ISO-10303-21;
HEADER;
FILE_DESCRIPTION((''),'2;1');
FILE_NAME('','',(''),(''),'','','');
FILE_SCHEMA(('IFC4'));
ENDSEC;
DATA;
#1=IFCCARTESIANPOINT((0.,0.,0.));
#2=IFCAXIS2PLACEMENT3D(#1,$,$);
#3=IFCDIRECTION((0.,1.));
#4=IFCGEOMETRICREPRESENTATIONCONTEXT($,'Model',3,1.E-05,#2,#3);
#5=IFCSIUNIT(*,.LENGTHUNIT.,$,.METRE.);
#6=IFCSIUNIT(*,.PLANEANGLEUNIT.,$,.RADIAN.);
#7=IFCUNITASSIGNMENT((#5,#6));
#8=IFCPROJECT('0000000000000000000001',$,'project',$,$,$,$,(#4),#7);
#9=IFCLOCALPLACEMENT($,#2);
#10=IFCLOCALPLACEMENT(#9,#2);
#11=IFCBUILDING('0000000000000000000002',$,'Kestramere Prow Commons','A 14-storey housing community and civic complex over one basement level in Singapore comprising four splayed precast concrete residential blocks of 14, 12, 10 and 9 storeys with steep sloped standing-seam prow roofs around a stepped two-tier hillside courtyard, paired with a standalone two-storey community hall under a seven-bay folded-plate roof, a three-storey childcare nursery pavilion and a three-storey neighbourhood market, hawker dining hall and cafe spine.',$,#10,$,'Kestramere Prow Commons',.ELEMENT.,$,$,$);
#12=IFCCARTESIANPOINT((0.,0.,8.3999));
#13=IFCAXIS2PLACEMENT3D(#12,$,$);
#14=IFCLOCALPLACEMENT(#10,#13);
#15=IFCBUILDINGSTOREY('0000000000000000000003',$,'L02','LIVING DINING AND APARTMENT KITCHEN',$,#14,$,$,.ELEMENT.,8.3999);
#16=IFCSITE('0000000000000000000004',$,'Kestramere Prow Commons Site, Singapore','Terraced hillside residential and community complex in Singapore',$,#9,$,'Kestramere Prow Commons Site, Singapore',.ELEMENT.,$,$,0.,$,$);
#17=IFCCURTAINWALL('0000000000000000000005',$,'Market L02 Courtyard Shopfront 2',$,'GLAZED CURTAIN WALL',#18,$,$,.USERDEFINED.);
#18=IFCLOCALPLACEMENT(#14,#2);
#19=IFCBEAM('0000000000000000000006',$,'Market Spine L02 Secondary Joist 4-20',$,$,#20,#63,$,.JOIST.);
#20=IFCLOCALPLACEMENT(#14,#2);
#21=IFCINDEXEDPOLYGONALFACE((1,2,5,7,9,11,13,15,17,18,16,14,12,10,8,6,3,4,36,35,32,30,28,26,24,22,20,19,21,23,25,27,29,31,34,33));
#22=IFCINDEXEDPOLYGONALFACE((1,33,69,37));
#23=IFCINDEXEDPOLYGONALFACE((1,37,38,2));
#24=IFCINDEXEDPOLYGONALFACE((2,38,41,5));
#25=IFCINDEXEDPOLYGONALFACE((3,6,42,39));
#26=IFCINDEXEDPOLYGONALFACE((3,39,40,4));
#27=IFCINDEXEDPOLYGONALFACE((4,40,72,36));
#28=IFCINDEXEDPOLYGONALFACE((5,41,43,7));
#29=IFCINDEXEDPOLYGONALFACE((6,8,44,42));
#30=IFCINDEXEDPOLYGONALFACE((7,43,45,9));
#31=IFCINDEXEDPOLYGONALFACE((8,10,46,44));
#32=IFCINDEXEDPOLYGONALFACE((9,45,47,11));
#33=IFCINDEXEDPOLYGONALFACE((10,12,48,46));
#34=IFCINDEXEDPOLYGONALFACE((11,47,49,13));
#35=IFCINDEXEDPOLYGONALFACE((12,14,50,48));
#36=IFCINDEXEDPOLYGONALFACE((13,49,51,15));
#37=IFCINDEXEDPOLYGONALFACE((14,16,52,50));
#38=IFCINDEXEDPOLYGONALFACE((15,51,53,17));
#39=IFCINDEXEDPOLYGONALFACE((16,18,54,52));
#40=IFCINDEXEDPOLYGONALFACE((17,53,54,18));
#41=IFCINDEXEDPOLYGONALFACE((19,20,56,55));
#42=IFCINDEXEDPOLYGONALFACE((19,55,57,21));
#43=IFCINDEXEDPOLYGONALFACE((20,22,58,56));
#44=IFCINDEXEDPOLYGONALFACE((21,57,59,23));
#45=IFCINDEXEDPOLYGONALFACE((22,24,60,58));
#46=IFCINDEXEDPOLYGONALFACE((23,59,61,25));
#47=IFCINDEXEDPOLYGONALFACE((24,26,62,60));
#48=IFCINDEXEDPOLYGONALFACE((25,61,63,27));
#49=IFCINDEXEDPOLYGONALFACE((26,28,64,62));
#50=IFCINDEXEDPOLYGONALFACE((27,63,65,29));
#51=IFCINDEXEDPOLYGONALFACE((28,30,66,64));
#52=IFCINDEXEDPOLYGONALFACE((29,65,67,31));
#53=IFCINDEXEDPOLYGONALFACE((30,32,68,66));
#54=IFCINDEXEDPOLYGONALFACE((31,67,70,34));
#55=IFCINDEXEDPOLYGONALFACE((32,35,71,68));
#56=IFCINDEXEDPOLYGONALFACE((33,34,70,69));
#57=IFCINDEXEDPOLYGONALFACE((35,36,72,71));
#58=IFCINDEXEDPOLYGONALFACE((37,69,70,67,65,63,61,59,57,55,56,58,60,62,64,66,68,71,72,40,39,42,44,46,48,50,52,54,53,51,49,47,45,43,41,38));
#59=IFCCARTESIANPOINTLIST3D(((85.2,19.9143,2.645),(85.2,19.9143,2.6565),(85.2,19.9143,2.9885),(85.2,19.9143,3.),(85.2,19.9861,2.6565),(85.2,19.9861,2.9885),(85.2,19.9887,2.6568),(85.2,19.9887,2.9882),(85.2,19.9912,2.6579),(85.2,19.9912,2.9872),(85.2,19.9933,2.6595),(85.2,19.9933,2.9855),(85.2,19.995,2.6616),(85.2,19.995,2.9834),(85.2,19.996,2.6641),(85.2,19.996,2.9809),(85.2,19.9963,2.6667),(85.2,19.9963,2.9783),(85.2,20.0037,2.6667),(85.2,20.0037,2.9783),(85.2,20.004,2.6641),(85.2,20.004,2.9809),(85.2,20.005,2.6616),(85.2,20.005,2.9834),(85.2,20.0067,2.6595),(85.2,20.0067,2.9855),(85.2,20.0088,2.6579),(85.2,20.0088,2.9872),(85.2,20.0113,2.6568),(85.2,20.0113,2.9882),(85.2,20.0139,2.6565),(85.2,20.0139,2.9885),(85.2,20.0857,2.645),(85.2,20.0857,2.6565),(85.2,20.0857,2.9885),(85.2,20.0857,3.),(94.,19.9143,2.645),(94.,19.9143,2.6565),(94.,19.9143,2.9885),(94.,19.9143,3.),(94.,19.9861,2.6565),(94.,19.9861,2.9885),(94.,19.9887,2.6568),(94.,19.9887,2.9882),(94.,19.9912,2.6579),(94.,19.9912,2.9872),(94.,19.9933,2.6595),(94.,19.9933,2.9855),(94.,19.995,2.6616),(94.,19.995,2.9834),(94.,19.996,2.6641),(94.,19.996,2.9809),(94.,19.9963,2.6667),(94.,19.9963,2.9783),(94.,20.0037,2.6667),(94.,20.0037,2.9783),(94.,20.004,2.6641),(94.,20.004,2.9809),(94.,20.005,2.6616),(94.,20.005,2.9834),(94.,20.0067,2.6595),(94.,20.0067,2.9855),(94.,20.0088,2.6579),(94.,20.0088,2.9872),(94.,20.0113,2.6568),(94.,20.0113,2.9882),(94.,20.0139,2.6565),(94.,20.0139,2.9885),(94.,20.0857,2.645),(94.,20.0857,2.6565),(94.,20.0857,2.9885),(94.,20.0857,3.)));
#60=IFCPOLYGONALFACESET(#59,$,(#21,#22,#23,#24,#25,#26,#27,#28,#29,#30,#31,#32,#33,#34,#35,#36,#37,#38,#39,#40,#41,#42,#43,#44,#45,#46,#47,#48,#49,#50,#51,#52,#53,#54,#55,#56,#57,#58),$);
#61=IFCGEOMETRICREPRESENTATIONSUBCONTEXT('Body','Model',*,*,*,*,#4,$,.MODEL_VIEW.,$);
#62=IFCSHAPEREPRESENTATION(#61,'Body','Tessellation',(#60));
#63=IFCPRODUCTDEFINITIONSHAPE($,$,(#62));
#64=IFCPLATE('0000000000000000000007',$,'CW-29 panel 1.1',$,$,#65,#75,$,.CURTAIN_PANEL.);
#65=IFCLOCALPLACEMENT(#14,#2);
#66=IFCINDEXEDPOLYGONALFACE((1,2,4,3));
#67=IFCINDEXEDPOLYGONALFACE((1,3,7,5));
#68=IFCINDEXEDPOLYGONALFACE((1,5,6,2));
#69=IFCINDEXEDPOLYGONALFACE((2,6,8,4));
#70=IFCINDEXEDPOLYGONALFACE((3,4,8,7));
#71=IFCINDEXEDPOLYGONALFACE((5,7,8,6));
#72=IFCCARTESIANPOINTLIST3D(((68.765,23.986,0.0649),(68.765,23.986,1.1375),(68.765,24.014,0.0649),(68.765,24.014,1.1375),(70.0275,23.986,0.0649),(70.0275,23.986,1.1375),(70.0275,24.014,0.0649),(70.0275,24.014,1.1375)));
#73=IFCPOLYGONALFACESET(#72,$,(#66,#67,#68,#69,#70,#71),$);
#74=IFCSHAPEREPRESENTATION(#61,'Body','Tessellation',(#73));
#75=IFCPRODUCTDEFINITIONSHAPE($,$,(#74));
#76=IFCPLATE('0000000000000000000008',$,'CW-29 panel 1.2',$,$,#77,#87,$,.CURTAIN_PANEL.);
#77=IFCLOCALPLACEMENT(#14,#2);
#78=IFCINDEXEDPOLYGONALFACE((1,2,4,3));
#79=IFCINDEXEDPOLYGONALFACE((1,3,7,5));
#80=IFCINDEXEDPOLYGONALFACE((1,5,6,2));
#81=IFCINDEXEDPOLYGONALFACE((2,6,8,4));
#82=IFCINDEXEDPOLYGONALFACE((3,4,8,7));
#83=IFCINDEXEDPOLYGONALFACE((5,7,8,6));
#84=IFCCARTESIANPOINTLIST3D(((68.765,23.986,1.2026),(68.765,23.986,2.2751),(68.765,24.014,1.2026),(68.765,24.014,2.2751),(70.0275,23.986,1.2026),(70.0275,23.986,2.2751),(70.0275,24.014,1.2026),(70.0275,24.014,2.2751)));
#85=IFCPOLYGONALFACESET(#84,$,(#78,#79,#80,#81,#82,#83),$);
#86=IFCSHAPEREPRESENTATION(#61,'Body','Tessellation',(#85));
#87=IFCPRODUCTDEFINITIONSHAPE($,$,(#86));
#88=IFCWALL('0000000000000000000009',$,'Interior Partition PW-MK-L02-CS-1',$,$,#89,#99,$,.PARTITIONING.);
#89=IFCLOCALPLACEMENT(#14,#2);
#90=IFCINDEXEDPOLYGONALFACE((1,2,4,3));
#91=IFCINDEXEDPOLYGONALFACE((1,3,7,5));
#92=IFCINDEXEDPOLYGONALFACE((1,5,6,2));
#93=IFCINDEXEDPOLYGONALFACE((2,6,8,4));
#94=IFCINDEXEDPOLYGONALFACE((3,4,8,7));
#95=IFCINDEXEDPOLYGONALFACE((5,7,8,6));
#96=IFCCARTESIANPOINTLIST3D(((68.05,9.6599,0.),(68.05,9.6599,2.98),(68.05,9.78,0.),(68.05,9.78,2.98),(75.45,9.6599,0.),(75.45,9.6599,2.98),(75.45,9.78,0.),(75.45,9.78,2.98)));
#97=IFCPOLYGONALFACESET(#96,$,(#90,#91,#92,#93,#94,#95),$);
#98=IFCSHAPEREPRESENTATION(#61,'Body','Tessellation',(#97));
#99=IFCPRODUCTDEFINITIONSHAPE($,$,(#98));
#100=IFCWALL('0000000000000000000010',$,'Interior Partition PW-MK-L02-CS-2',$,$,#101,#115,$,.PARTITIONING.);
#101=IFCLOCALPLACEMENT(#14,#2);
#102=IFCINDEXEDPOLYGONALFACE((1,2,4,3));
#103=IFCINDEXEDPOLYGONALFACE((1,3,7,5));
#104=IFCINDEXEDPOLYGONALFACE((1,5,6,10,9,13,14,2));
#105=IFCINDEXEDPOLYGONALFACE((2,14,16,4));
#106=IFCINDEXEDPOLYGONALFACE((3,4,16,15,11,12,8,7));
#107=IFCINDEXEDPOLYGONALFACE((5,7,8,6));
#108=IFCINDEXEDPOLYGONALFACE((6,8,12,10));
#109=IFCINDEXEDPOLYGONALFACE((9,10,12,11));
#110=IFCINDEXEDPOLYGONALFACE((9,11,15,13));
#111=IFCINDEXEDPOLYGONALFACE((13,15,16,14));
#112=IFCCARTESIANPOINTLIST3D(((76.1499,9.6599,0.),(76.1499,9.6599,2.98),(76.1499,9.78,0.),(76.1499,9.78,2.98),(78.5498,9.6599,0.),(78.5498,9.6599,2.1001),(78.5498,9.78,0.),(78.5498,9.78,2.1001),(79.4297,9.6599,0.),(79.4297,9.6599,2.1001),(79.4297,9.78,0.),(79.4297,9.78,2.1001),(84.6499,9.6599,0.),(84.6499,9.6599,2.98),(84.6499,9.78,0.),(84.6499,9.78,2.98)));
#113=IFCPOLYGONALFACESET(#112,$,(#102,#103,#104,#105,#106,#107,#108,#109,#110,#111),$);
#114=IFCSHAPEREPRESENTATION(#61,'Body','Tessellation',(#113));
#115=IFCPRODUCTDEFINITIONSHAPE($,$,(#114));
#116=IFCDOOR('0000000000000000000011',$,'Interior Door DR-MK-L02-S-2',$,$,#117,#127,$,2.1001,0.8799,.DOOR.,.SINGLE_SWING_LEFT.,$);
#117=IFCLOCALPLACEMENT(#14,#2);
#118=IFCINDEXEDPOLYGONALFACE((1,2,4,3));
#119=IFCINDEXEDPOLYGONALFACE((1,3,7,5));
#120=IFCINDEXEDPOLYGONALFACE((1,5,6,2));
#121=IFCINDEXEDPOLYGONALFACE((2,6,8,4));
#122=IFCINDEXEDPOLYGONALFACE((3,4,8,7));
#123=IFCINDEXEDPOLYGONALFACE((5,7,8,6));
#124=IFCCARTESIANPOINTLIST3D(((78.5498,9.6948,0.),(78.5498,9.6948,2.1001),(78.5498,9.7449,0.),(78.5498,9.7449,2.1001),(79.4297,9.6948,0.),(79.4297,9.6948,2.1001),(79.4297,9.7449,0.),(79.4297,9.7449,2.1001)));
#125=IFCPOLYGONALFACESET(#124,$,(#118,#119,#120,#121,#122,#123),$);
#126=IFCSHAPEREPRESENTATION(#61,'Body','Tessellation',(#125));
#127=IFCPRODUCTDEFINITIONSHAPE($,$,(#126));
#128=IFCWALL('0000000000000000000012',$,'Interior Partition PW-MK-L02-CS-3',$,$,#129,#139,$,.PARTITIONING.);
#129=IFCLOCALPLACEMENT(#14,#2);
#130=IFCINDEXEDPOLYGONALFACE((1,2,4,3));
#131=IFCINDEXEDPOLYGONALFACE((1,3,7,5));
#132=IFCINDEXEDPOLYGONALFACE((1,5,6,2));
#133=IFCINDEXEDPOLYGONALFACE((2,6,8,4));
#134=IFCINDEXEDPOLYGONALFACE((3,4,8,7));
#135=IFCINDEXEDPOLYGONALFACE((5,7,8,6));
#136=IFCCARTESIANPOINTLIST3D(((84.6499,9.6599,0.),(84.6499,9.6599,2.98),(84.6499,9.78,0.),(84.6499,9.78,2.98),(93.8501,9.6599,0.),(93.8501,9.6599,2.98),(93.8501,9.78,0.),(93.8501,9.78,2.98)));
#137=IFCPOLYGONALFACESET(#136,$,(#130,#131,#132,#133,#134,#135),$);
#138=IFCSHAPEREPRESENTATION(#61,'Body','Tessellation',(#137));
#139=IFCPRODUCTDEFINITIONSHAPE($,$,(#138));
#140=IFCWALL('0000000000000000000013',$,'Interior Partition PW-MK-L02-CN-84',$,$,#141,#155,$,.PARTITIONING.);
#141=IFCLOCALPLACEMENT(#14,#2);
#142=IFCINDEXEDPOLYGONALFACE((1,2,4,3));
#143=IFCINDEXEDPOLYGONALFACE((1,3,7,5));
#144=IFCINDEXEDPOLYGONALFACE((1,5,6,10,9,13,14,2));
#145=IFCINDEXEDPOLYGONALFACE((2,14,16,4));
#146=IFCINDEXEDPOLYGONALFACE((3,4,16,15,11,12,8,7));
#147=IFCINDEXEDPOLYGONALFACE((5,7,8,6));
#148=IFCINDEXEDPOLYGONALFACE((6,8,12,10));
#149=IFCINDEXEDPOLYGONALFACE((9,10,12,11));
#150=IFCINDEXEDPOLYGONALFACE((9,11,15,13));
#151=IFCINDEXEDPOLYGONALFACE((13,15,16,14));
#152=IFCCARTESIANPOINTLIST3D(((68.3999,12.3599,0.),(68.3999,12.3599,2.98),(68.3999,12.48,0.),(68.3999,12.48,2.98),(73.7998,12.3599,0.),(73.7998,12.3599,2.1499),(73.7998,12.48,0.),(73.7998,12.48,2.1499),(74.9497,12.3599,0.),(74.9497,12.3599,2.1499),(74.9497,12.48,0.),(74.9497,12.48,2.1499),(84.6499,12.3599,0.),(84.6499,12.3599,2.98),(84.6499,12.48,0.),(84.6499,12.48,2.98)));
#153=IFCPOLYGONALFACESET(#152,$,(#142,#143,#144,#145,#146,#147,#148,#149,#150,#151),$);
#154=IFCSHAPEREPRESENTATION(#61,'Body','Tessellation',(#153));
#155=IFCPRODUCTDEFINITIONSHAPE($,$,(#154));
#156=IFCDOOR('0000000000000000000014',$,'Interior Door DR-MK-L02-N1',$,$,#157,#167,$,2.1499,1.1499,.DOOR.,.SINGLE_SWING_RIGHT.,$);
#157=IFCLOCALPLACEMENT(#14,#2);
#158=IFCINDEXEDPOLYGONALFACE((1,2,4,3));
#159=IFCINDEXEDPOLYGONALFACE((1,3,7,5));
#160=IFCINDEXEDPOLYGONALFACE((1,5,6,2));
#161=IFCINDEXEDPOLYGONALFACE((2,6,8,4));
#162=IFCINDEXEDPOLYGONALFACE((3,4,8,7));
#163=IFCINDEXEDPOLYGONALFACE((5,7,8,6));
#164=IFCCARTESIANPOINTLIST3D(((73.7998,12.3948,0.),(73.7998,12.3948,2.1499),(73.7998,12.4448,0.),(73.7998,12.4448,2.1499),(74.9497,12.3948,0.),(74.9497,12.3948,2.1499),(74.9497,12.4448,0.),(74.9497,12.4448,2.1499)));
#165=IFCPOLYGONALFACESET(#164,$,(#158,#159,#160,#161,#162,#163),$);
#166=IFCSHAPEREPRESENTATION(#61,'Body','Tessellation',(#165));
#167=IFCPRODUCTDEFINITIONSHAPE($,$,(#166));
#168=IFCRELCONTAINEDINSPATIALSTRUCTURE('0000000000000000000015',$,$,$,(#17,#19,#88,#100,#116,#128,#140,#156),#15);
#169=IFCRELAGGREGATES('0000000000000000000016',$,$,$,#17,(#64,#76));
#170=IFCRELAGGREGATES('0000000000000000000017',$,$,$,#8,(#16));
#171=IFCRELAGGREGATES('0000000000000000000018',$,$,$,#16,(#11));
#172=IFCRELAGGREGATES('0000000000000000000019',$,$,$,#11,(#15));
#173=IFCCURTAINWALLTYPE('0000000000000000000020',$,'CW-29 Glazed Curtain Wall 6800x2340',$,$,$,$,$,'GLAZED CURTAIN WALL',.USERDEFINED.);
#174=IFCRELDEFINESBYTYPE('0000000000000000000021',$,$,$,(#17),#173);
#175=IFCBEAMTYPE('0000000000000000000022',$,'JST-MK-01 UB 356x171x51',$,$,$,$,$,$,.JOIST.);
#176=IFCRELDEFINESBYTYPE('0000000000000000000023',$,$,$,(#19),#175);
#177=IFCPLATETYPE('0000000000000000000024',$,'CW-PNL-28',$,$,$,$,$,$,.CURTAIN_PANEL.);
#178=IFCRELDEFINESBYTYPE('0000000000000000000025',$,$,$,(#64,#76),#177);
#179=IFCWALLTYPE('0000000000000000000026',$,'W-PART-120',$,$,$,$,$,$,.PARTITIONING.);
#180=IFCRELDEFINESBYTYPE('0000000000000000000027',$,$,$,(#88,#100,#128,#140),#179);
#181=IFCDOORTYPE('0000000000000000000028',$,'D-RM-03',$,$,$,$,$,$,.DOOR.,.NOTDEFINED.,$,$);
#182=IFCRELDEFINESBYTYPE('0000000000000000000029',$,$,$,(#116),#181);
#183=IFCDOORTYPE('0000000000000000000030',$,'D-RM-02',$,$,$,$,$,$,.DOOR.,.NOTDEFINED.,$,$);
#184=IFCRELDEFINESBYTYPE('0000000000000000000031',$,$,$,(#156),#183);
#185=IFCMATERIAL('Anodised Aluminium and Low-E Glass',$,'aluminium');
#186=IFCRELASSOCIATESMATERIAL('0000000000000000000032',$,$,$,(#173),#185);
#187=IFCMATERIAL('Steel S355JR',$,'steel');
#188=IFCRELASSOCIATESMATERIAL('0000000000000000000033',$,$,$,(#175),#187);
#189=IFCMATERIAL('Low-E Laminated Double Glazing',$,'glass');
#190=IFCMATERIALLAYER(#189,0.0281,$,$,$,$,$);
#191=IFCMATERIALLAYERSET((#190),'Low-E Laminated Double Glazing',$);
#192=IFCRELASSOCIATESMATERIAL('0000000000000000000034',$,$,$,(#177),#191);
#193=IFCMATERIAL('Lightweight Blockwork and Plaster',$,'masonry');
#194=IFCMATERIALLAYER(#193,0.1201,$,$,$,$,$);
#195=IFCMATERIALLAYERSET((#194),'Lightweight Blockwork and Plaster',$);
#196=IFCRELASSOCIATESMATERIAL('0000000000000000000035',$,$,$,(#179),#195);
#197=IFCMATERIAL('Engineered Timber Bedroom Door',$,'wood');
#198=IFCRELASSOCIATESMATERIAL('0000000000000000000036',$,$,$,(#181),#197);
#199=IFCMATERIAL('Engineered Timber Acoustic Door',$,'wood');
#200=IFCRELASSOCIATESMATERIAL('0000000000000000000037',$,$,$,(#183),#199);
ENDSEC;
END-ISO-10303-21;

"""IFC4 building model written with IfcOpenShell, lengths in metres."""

from ifc_helpers import new_model, si_unit, direction, frame, frame_2d, origin, origin_2d, place, context, subcontext, project, spatial, rectangle, i_section, extrude, material, layer, layer_set, material_profile, profile_set, type_object, element, fill, aggregate, save


model = new_model("IFC4")

# Units and contexts
model_context = context("Model", 3, precision=1e-05, world=origin(), true_north=direction((0.0, 1.0)))
body_context = subcontext(model_context, "Body", "Model", "MODEL_VIEW")
ifc_project = project(units=[si_unit("LENGTHUNIT", "METRE"), si_unit("PLANEANGLEUNIT", "RADIAN")], contexts=[model_context])

# Site, building, storey
site_placement = place(None, origin())
site = spatial("IfcSite", under=ifc_project, at=site_placement, Name="Kestramere Prow Commons Site, Singapore", Description="Terraced hillside residential and community complex in Singapore", LongName="Kestramere Prow Commons Site, Singapore", CompositionType="ELEMENT", RefElevation=0.0)
building_placement = place(site_placement, origin())
building = spatial("IfcBuilding", under=site, at=building_placement, Name="Kestramere Prow Commons", Description="A 14-storey housing community and civic complex over one basement level in Singapore comprising four splayed precast concrete residential blocks of 14, 12, 10 and 9 storeys with steep sloped standing-seam prow roofs around a stepped two-tier hillside courtyard, paired with a standalone two-storey community hall under a seven-bay folded-plate roof, a three-storey childcare nursery pavilion and a three-storey neighbourhood market, hawker dining hall and cafe spine.", LongName="Kestramere Prow Commons", CompositionType="ELEMENT")
storey_placement = place(building_placement, frame((0.0, 0.0, 8.3999)))
storey = spatial("IfcBuildingStorey", under=building, at=storey_placement, Name="L02", Description="LIVING DINING AND APARTMENT KITCHEN", CompositionType="ELEMENT", Elevation=8.3999)

# Curtain wall
ifc_material_1 = material(Name="Anodised Aluminium and Low-E Glass", Category="aluminium")
curtain_wall_type = type_object("IfcCurtainWallType", Name="CW-29 Glazed Curtain Wall 6800x2340", ElementType="GLAZED CURTAIN WALL", PredefinedType="USERDEFINED", material=ifc_material_1)
curtain_wall_placement = place(storey_placement, origin())
curtain_wall = element("IfcCurtainWall", 1, at=curtain_wall_placement, inside=storey, type_object=curtain_wall_type, Name="Market L02 Courtyard Shopfront 2", ObjectType="GLAZED CURTAIN WALL", PredefinedType="USERDEFINED")

# Beam
ifc_material_2 = material(Name="Steel S355JR", Category="steel")
ifc_material_profile_1 = material_profile(ifc_material_2, i_section(OverallWidth=0.1714, OverallDepth=0.355, WebThickness=0.0073, FlangeThickness=0.0115, FilletRadius=0.0103, at=origin_2d()), Name="UB 356x171x51")
ifc_profile_set_1 = profile_set([ifc_material_profile_1], Name="Steel S355JR")
beam_type_1 = type_object("IfcBeamType", Name="JST-MK-01 UB 356x171x51", PredefinedType="JOIST", material=ifc_profile_set_1)
for number, where, z_axis, x_axis, name in (
    (2, (85.2, 20.0, 2.8225), (1.0, 0.0, 0.0), (0.0, 1.0, 0.0), "Market Spine L02 Secondary Joist 4-20"),
):
    element("IfcBeam", number, at=place(storey_placement, frame(where, z_axis=z_axis, x_axis=x_axis)), inside=storey, type_object=beam_type_1, Name=name, PredefinedType="JOIST", context=body_context, shape_type="SweptSolid", body=[
        extrude(i_section(OverallWidth=0.1714, OverallDepth=0.355, WebThickness=0.0073, FlangeThickness=0.0115, FilletRadius=0.0103, at=origin_2d()), origin(), (0.0, 0.0, 1.0), 8.8),
    ])

# Plates
ifc_material_3 = material(Name="Low-E Laminated Double Glazing", Category="glass")
ifc_layer_1 = layer(ifc_material_3, 0.0281)
ifc_layer_set_1 = layer_set([ifc_layer_1], Name="Low-E Laminated Double Glazing")
plate_type = type_object("IfcPlateType", Name="CW-PNL-28", PredefinedType="CURTAIN_PANEL", material=ifc_layer_set_1)
plate_1_placement = place(storey_placement, frame((69.3962, 24.0, 0.0649), z_axis=(0.0, 0.0, 1.0), x_axis=(1.0, 0.0, 0.0)))
plate_1 = element("IfcPlate", 3, at=plate_1_placement, type_object=plate_type, Name="CW-29 panel 1.1", PredefinedType="CURTAIN_PANEL", context=body_context, shape_type="SweptSolid", body=[
    extrude(rectangle(XDim=1.2625, YDim=0.0281, at=origin_2d()), origin(), (0.0, 0.0, 1.0), 1.0725),
])
plate_2_placement = place(storey_placement, frame((69.3962, 24.0, 1.2026), z_axis=(0.0, 0.0, 1.0), x_axis=(1.0, 0.0, 0.0)))
plate_2 = element("IfcPlate", 4, at=plate_2_placement, type_object=plate_type, Name="CW-29 panel 1.2", PredefinedType="CURTAIN_PANEL", context=body_context, shape_type="SweptSolid", body=[
    extrude(rectangle(XDim=1.2625, YDim=0.0281, at=origin_2d()), origin(), (0.0, 0.0, 1.0), 1.0725),
])
aggregate(curtain_wall, [plate_1, plate_2])

# Wall
ifc_material_4 = material(Name="Lightweight Blockwork and Plaster", Category="masonry")
ifc_layer_2 = layer(ifc_material_4, 0.1201)
ifc_layer_set_2 = layer_set([ifc_layer_2], Name="Lightweight Blockwork and Plaster")
wall_type = type_object("IfcWallType", Name="W-PART-120", PredefinedType="PARTITIONING", material=ifc_layer_set_2)
wall_1_placement = place(storey_placement, frame((68.05, 9.72, 0.0), z_axis=(0.0, 0.0, 1.0), x_axis=(1.0, 0.0, 0.0)))
element("IfcWall", 5, at=wall_1_placement, inside=storey, type_object=wall_type, Name="Interior Partition PW-MK-L02-CS-1", PredefinedType="PARTITIONING", context=body_context, shape_type="SweptSolid", body=[
    extrude(rectangle(XDim=7.3999, YDim=0.1201, at=frame_2d((3.7, 0.0))), origin(), (0.0, 0.0, 1.0), 2.98),
])

# Wall, opening, door
wall_2_placement = place(storey_placement, frame((76.1499, 9.72, 0.0), z_axis=(0.0, 0.0, 1.0), x_axis=(1.0, 0.0, 0.0)))
wall_2 = element("IfcWall", 6, at=wall_2_placement, inside=storey, type_object=wall_type, Name="Interior Partition PW-MK-L02-CS-2", PredefinedType="PARTITIONING", context=body_context, shape_type="SweptSolid", body=[
    extrude(rectangle(XDim=8.5, YDim=0.1201, at=frame_2d((4.25, 0.0))), origin(), (0.0, 0.0, 1.0), 2.98),
])
opening_1_placement = place(wall_2_placement, frame((2.3999, 0.0, 0.0)))
opening_1 = element("IfcOpeningElement", 7, at=opening_1_placement, cuts=wall_2, PredefinedType="OPENING", context=body_context, shape_type="SweptSolid", body=[
    extrude(rectangle(XDim=0.8799, YDim=2.1001, at=frame_2d((0.4399, 1.05))), frame((0.0, 0.075, 0.0), z_axis=(0.0, -1.0, 0.0), x_axis=(1.0, 0.0, 0.0)), (0.0, 0.0, 1.0), 0.1501),
])
ifc_material_5 = material(Name="Engineered Timber Bedroom Door", Category="wood")
door_type_1 = type_object("IfcDoorType", Name="D-RM-03", OperationType="NOTDEFINED", PredefinedType="DOOR", material=ifc_material_5)
door_1_placement = place(opening_1_placement, origin())
door_1 = element("IfcDoor", 8, at=door_1_placement, inside=storey, type_object=door_type_1, Name="Interior Door DR-MK-L02-S-2", OperationType="SINGLE_SWING_LEFT", OverallHeight=2.1001, OverallWidth=0.8799, PredefinedType="DOOR", context=body_context, shape_type="SweptSolid", body=[
    extrude(rectangle(XDim=0.8799, YDim=2.1001, at=frame_2d((0.4399, 1.05))), frame((0.0, 0.0249, 0.0), z_axis=(0.0, -1.0, 0.0), x_axis=(1.0, 0.0, 0.0)), (0.0, 0.0, 1.0), 0.05),
])
fill(opening_1, door_1)

# Wall
wall_3_placement = place(storey_placement, frame((84.6499, 9.72, 0.0), z_axis=(0.0, 0.0, 1.0), x_axis=(1.0, 0.0, 0.0)))
element("IfcWall", 9, at=wall_3_placement, inside=storey, type_object=wall_type, Name="Interior Partition PW-MK-L02-CS-3", PredefinedType="PARTITIONING", context=body_context, shape_type="SweptSolid", body=[
    extrude(rectangle(XDim=9.2002, YDim=0.1201, at=frame_2d((4.6001, 0.0))), origin(), (0.0, 0.0, 1.0), 2.98),
])

# Wall, opening, door
wall_4_placement = place(storey_placement, frame((68.3999, 12.4199, 0.0), z_axis=(0.0, 0.0, 1.0), x_axis=(1.0, 0.0, 0.0)))
wall_4 = element("IfcWall", 10, at=wall_4_placement, inside=storey, type_object=wall_type, Name="Interior Partition PW-MK-L02-CN-84", PredefinedType="PARTITIONING", context=body_context, shape_type="SweptSolid", body=[
    extrude(rectangle(XDim=16.25, YDim=0.1201, at=frame_2d((8.125, 0.0))), origin(), (0.0, 0.0, 1.0), 2.98),
])
opening_2_placement = place(wall_4_placement, frame((5.3999, 0.0, 0.0)))
opening_2 = element("IfcOpeningElement", 11, at=opening_2_placement, cuts=wall_4, PredefinedType="OPENING", context=body_context, shape_type="SweptSolid", body=[
    extrude(rectangle(XDim=1.1499, YDim=2.1499, at=frame_2d((0.575, 1.075))), frame((0.0, 0.075, 0.0), z_axis=(0.0, -1.0, 0.0), x_axis=(1.0, 0.0, 0.0)), (0.0, 0.0, 1.0), 0.1501),
])
ifc_material_6 = material(Name="Engineered Timber Acoustic Door", Category="wood")
door_type_2 = type_object("IfcDoorType", Name="D-RM-02", OperationType="NOTDEFINED", PredefinedType="DOOR", material=ifc_material_6)
door_2_placement = place(opening_2_placement, origin())
door_2 = element("IfcDoor", 12, at=door_2_placement, inside=storey, type_object=door_type_2, Name="Interior Door DR-MK-L02-N1", OperationType="SINGLE_SWING_RIGHT", OverallHeight=2.1499, OverallWidth=1.1499, PredefinedType="DOOR", context=body_context, shape_type="SweptSolid", body=[
    extrude(rectangle(XDim=1.1499, YDim=2.1499, at=frame_2d((0.575, 1.075))), frame((0.0, 0.0249, 0.0), z_axis=(0.0, -1.0, 0.0), x_axis=(1.0, 0.0, 0.0)), (0.0, 0.0, 1.0), 0.05),
])
fill(opening_2, door_2)

save(model, "model.ifc")
